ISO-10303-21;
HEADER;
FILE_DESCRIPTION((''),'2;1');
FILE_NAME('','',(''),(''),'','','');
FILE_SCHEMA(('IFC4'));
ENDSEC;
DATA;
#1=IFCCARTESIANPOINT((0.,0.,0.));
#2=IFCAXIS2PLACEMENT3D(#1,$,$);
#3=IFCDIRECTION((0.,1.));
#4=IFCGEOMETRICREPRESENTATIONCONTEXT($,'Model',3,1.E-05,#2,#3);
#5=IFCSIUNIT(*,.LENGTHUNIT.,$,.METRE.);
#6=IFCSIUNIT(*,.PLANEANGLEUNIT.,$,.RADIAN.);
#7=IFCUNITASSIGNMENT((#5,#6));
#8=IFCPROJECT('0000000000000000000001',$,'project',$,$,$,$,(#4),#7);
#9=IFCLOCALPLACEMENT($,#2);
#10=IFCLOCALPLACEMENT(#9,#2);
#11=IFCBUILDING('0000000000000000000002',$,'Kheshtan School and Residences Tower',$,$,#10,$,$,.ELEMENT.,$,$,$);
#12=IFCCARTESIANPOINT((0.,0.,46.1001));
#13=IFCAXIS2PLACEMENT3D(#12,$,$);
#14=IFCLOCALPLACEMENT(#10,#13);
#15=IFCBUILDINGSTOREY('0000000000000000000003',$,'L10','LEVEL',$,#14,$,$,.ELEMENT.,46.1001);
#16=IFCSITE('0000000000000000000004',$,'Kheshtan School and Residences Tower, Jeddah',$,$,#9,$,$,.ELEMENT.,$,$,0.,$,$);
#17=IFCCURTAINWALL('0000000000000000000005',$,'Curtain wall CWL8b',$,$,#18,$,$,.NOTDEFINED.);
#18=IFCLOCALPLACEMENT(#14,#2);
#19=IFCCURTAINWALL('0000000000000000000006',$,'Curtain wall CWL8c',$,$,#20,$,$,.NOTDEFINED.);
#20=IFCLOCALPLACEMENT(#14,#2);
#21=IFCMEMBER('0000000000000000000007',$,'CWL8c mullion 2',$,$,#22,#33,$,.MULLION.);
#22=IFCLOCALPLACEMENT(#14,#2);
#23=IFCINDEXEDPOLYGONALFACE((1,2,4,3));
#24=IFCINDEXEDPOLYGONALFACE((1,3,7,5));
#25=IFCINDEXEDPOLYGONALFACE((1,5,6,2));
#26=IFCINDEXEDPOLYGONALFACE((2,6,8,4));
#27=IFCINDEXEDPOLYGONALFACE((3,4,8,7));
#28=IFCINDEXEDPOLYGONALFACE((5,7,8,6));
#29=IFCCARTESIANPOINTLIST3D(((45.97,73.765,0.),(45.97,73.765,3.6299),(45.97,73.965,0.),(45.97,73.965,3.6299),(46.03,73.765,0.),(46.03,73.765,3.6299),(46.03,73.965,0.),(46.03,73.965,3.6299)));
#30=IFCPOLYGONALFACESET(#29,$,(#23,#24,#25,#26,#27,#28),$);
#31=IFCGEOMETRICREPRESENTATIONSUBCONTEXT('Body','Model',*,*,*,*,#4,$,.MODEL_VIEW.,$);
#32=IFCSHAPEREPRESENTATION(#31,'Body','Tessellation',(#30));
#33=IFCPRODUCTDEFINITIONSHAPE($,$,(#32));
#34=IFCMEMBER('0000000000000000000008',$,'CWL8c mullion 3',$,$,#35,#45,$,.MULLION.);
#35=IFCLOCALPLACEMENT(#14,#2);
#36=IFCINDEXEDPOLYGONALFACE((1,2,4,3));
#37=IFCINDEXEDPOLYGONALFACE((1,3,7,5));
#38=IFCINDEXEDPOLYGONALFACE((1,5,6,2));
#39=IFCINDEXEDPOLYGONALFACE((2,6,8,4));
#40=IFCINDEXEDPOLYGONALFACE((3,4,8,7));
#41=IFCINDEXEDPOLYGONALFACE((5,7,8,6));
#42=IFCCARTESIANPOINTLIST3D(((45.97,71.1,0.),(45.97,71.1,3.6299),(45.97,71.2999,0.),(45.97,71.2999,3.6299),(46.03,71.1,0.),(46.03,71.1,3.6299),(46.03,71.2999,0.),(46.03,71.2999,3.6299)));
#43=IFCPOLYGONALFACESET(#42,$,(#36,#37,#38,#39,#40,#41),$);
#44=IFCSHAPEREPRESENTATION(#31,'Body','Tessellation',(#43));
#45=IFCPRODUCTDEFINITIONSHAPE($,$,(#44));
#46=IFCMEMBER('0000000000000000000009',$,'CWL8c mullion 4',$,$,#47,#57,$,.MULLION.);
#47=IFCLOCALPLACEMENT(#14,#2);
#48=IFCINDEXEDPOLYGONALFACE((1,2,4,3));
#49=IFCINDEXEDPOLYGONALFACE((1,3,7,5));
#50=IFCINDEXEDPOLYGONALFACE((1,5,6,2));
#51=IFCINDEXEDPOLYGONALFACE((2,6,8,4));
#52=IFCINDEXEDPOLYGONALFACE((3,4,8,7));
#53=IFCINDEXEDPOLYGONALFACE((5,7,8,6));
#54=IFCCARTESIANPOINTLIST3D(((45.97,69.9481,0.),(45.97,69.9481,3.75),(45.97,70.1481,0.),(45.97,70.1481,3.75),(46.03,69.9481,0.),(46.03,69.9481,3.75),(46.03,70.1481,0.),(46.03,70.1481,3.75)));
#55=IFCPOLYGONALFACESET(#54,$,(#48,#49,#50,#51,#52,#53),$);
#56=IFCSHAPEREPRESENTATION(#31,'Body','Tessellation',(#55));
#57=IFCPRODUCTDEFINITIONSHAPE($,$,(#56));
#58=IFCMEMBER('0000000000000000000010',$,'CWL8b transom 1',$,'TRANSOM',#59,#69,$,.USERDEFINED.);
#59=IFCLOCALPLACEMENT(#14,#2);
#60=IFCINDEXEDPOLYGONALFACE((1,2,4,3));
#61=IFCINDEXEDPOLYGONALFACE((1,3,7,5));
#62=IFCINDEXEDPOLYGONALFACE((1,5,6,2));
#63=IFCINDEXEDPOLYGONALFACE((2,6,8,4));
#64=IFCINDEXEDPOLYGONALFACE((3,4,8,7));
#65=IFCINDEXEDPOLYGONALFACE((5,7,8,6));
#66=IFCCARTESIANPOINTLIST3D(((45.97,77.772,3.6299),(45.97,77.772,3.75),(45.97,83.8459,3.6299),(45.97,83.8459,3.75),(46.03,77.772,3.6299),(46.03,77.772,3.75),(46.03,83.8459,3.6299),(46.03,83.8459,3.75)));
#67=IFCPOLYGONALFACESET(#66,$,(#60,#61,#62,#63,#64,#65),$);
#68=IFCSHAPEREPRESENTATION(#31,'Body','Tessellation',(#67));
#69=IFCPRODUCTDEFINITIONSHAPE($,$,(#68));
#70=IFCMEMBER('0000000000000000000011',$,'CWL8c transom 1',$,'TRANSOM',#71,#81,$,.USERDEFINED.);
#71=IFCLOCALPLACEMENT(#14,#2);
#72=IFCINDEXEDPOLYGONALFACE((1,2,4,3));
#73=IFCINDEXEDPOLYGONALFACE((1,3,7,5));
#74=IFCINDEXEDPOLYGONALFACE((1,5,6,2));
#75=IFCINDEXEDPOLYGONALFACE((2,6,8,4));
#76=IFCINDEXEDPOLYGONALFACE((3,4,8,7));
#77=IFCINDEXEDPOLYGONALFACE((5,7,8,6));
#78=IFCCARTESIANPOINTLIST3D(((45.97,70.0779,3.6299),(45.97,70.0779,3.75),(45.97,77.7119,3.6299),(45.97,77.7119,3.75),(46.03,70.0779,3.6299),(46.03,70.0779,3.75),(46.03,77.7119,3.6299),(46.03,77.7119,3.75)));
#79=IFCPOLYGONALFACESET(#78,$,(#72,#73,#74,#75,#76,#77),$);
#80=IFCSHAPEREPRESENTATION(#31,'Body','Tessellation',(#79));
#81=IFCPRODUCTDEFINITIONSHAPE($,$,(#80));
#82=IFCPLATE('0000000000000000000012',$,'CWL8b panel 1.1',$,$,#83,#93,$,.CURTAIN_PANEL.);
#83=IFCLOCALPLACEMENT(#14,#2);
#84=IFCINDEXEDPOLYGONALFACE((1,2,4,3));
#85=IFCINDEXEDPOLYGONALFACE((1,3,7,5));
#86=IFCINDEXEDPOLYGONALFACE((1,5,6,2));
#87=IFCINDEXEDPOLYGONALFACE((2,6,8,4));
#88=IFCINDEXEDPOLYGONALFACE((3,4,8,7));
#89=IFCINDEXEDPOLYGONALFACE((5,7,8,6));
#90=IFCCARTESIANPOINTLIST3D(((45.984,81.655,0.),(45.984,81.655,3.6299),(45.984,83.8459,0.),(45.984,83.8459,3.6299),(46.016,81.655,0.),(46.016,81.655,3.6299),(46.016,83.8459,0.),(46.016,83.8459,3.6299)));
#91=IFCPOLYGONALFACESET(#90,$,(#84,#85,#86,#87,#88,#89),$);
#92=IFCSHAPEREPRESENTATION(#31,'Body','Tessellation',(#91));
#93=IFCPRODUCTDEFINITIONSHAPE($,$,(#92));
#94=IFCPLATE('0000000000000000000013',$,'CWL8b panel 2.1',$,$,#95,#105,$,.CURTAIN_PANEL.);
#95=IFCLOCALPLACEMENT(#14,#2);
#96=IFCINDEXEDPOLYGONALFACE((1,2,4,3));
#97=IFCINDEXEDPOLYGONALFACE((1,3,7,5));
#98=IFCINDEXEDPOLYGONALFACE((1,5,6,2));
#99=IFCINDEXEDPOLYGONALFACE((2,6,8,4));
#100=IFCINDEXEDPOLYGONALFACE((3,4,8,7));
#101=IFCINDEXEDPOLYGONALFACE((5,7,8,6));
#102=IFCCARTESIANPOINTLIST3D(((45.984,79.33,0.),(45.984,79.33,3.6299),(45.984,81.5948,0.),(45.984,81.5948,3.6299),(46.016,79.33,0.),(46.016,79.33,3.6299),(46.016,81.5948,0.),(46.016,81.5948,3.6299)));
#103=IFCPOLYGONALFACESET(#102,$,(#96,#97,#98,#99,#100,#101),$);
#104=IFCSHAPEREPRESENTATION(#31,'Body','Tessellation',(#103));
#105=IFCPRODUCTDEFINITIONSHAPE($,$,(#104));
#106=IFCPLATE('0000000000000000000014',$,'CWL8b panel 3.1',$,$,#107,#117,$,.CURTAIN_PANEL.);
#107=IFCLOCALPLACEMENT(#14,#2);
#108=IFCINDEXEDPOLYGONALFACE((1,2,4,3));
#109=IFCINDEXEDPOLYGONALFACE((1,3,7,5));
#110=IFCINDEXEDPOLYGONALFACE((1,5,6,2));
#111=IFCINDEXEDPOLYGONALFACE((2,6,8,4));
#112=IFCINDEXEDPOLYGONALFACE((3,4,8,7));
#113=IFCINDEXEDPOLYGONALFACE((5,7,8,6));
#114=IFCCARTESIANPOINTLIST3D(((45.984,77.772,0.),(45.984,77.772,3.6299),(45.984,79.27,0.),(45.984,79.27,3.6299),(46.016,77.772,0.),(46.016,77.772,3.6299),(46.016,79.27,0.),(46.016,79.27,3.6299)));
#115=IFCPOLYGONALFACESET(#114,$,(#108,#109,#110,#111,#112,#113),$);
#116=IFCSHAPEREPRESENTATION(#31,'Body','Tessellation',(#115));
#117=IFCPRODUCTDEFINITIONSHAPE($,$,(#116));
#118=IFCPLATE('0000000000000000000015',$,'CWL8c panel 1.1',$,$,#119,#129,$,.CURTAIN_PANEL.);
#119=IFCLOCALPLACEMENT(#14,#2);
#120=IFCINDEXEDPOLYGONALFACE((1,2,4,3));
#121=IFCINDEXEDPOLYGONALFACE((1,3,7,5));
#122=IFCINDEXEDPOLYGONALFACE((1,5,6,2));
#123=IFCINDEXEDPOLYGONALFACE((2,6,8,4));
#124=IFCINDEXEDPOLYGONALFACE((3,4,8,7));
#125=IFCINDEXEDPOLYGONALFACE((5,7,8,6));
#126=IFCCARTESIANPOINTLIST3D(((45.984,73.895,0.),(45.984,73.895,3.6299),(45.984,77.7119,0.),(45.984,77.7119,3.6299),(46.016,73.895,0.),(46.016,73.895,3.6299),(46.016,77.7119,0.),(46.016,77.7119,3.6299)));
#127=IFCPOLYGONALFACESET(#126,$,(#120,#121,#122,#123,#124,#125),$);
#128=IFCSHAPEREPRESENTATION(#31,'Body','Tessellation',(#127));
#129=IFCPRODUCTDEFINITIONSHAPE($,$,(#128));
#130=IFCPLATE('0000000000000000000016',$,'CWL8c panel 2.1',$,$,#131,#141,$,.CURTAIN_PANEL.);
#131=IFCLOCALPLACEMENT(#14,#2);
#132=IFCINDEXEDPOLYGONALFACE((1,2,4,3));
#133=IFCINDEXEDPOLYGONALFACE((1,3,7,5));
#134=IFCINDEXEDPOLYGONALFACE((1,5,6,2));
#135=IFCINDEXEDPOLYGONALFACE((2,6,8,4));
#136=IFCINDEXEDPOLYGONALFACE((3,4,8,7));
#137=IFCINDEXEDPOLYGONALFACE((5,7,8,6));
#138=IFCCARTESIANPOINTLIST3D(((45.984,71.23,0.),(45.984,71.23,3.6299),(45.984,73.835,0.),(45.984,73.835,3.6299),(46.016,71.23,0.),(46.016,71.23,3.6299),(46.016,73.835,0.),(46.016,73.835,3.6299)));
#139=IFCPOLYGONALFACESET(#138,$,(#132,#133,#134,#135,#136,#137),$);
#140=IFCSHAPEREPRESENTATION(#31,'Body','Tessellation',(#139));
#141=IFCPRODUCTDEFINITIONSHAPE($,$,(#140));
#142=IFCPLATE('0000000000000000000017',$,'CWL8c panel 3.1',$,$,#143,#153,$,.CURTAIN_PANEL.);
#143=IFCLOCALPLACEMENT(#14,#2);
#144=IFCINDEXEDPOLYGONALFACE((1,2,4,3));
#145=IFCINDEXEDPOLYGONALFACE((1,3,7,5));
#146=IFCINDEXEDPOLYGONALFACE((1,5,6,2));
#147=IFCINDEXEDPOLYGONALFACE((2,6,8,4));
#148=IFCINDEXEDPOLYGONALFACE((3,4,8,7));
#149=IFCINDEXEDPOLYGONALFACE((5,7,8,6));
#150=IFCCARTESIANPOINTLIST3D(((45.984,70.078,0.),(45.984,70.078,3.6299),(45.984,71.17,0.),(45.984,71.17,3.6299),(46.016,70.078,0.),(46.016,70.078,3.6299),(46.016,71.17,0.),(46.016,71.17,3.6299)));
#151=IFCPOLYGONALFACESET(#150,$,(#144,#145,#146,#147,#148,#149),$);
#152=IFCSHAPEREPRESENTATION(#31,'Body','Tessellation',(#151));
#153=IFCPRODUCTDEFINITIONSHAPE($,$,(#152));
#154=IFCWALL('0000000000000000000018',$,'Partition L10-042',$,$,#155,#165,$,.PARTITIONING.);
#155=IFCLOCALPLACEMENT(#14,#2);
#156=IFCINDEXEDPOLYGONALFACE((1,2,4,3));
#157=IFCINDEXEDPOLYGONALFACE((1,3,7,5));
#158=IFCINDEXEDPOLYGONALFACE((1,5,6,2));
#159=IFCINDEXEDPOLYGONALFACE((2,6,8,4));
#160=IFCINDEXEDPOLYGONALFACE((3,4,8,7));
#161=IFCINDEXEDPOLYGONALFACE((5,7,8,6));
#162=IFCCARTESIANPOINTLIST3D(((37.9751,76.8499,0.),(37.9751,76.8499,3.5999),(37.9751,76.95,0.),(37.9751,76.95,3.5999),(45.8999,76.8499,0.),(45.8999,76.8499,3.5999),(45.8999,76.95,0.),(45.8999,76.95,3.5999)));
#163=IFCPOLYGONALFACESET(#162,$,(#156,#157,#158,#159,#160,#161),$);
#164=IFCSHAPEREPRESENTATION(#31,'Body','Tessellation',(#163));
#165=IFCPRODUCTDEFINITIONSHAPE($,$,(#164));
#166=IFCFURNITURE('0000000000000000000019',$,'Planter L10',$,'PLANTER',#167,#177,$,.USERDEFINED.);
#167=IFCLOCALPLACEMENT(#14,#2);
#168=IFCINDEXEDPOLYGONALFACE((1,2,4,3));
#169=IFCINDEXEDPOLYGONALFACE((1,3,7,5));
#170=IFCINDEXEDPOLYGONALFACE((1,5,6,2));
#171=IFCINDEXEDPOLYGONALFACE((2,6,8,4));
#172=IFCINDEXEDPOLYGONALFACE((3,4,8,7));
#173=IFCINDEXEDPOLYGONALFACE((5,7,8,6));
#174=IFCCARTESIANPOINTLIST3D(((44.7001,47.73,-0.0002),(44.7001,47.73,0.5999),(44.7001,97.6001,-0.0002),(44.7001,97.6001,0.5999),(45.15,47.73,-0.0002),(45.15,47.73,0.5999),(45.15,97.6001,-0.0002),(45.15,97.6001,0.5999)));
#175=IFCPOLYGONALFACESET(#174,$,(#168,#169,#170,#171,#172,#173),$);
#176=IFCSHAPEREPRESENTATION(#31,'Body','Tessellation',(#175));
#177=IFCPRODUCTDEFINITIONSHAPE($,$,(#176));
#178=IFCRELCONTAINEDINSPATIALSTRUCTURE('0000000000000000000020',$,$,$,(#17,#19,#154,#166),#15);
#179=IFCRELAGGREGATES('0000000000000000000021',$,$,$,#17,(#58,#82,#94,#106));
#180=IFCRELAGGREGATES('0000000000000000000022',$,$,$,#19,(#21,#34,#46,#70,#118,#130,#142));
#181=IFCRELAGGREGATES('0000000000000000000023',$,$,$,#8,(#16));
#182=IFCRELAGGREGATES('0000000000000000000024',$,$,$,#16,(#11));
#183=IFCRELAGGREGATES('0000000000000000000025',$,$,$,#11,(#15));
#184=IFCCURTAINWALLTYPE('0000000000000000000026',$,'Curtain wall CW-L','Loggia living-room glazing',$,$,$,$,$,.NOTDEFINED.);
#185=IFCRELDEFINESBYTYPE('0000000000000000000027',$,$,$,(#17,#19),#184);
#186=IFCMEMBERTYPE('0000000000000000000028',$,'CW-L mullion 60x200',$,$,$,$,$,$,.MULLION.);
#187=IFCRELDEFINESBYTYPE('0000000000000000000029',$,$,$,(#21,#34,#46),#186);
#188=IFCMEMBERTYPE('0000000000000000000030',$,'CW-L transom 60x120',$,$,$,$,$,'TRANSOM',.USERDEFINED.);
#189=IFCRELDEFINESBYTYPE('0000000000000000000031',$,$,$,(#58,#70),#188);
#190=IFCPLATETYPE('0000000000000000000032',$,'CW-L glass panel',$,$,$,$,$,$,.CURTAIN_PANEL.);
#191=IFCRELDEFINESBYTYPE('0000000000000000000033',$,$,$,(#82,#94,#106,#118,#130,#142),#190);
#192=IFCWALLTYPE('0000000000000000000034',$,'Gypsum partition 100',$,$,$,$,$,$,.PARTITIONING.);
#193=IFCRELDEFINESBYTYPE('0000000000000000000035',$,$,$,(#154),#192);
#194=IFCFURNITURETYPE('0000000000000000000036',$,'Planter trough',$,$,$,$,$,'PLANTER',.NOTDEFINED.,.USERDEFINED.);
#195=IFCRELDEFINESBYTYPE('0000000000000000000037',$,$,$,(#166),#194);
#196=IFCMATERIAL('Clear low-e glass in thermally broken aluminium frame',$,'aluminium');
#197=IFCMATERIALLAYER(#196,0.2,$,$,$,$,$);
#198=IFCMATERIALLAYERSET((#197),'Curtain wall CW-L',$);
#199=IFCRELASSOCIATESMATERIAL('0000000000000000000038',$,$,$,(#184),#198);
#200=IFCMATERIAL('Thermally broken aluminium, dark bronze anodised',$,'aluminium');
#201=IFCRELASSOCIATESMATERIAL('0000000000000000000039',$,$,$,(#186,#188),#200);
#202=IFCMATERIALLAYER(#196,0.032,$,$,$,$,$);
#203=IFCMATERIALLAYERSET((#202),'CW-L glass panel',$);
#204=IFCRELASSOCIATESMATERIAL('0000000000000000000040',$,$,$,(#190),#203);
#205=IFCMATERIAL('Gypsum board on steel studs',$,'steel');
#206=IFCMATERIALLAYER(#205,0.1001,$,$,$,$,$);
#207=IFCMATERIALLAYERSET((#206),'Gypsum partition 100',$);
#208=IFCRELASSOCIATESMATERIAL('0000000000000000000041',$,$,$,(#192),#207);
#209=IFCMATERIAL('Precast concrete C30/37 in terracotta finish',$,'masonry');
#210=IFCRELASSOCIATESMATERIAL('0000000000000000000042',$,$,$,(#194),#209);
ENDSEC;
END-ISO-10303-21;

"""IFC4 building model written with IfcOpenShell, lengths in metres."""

from ifc_helpers import new_model, si_unit, direction, frame, frame_2d, origin, origin_2d, place, context, subcontext, project, spatial, rectangle, extrude, material, layer, layer_set, material_profile, profile_set, type_object, element, aggregate, save


model = new_model("IFC4")

# Units and contexts
model_context = context("Model", 3, precision=1e-05, world=origin(), true_north=direction((0.0, 1.0)))
body_context = subcontext(model_context, "Body", "Model", "MODEL_VIEW")
ifc_project = project(units=[si_unit("LENGTHUNIT", "METRE"), si_unit("PLANEANGLEUNIT", "RADIAN")], contexts=[model_context])

# Site, building, storey
site_placement = place(None, origin())
site = spatial("IfcSite", under=ifc_project, at=site_placement, Name="Kheshtan School and Residences Tower, Jeddah", CompositionType="ELEMENT", RefElevation=0.0)
building_placement = place(site_placement, origin())
building = spatial("IfcBuilding", under=site, at=building_placement, Name="Kheshtan School and Residences Tower", CompositionType="ELEMENT")
storey_placement = place(building_placement, frame((0.0, 0.0, 46.1001)))
storey = spatial("IfcBuildingStorey", under=building, at=storey_placement, Name="L10", Description="LEVEL", CompositionType="ELEMENT", Elevation=46.1001)

# Curtain walls, members
ifc_material_1 = material(Name="Clear low-e glass in thermally broken aluminium frame", Category="aluminium")
ifc_layer_1 = layer(ifc_material_1, 0.2)
ifc_layer_set_1 = layer_set([ifc_layer_1], Name="Curtain wall CW-L")
curtain_wall_type = type_object("IfcCurtainWallType", Name="Curtain wall CW-L", Description="Loggia living-room glazing", PredefinedType="NOTDEFINED", material=ifc_layer_set_1)
curtain_wall_1_placement = place(storey_placement, origin())
curtain_wall_1 = element("IfcCurtainWall", 1, at=curtain_wall_1_placement, inside=storey, type_object=curtain_wall_type, Name="Curtain wall CWL8b", PredefinedType="NOTDEFINED")
ifc_material_2 = material(Name="Thermally broken aluminium, dark bronze anodised", Category="aluminium")
ifc_material_profile_1 = material_profile(ifc_material_2, rectangle(XDim=0.0601, YDim=0.2, at=origin_2d()), Name="CW-L mullion 60x200")
ifc_profile_set_1 = profile_set([ifc_material_profile_1], Name="Thermally broken aluminium, dark bronze anodised")
member_type_1 = type_object("IfcMemberType", Name="CW-L mullion 60x200", PredefinedType="MULLION", material=ifc_profile_set_1)
curtain_wall_2_placement = place(storey_placement, origin())
curtain_wall_2 = element("IfcCurtainWall", 2, at=curtain_wall_2_placement, inside=storey, type_object=curtain_wall_type, Name="Curtain wall CWL8c", PredefinedType="NOTDEFINED")
member_1_placement = place(storey_placement, frame((46.0, 73.865, 0.0), z_axis=(0.0, 0.0, 1.0), x_axis=(1.0, 0.0, 0.0)))
member_1 = element("IfcMember", 3, at=member_1_placement, type_object=member_type_1, Name="CWL8c mullion 2", PredefinedType="MULLION", context=body_context, shape_type="SweptSolid", body=[
    extrude(rectangle(XDim=0.0601, YDim=0.2, at=origin_2d()), origin(), (0.0, 0.0, 1.0), 3.6299),
])
member_2_placement = place(storey_placement, frame((46.0, 71.2, 0.0), z_axis=(0.0, 0.0, 1.0), x_axis=(1.0, 0.0, 0.0)))
member_2 = element("IfcMember", 4, at=member_2_placement, type_object=member_type_1, Name="CWL8c mullion 3", PredefinedType="MULLION", context=body_context, shape_type="SweptSolid", body=[
    extrude(rectangle(XDim=0.0601, YDim=0.2, at=origin_2d()), origin(), (0.0, 0.0, 1.0), 3.6299),
])
member_3_placement = place(storey_placement, frame((46.0, 70.0481, 0.0), z_axis=(0.0, 0.0, 1.0), x_axis=(1.0, 0.0, 0.0)))
member_3 = element("IfcMember", 5, at=member_3_placement, type_object=member_type_1, Name="CWL8c mullion 4", PredefinedType="MULLION", context=body_context, shape_type="SweptSolid", body=[
    extrude(rectangle(XDim=0.0601, YDim=0.2, at=origin_2d()), origin(), (0.0, 0.0, 1.0), 3.75),
])

# Members
ifc_material_profile_2 = material_profile(ifc_material_2, rectangle(XDim=0.0601, YDim=0.1201, at=origin_2d()), Name="CW-L transom 60x120")
ifc_profile_set_2 = profile_set([ifc_material_profile_2], Name="Thermally broken aluminium, dark bronze anodised")
member_type_2 = type_object("IfcMemberType", Name="CW-L transom 60x120", ElementType="TRANSOM", PredefinedType="USERDEFINED", material=ifc_profile_set_2)
member_4_placement = place(storey_placement, frame((46.0, 83.8459, 3.6899), z_axis=(0.0, -1.0, 0.0), x_axis=(1.0, 0.0, 0.0)))
member_4 = element("IfcMember", 6, at=member_4_placement, type_object=member_type_2, Name="CWL8b transom 1", ObjectType="TRANSOM", PredefinedType="USERDEFINED", context=body_context, shape_type="SweptSolid", body=[
    extrude(rectangle(XDim=0.0601, YDim=0.1201, at=origin_2d()), origin(), (0.0, 0.0, 1.0), 6.074),
])
member_5_placement = place(storey_placement, frame((46.0, 77.7119, 3.6899), z_axis=(0.0, -1.0, 0.0), x_axis=(1.0, 0.0, 0.0)))
member_5 = element("IfcMember", 7, at=member_5_placement, type_object=member_type_2, Name="CWL8c transom 1", ObjectType="TRANSOM", PredefinedType="USERDEFINED", context=body_context, shape_type="SweptSolid", body=[
    extrude(rectangle(XDim=0.0601, YDim=0.1201, at=origin_2d()), origin(), (0.0, 0.0, 1.0), 7.634),
])

# Plates
ifc_layer_2 = layer(ifc_material_1, 0.032)
ifc_layer_set_2 = layer_set([ifc_layer_2], Name="CW-L glass panel")
plate_type = type_object("IfcPlateType", Name="CW-L glass panel", PredefinedType="CURTAIN_PANEL", material=ifc_layer_set_2)
plate_1_placement = place(storey_placement, frame((46.0, 82.7505, 0.0), z_axis=(0.0, 0.0, 1.0), x_axis=(0.0, -1.0, 0.0)))
plate_1 = element("IfcPlate", 8, at=plate_1_placement, type_object=plate_type, Name="CWL8b panel 1.1", PredefinedType="CURTAIN_PANEL", context=body_context, shape_type="SweptSolid", body=[
    extrude(rectangle(XDim=2.1909, YDim=0.032, at=origin_2d()), origin(), (0.0, 0.0, 1.0), 3.6299),
])
plate_2_placement = place(storey_placement, frame((46.0, 80.4624, 0.0), z_axis=(0.0, 0.0, 1.0), x_axis=(0.0, -1.0, 0.0)))
plate_2 = element("IfcPlate", 9, at=plate_2_placement, type_object=plate_type, Name="CWL8b panel 2.1", PredefinedType="CURTAIN_PANEL", context=body_context, shape_type="SweptSolid", body=[
    extrude(rectangle(XDim=2.2649, YDim=0.032, at=origin_2d()), origin(), (0.0, 0.0, 1.0), 3.6299),
])
plate_3_placement = place(storey_placement, frame((46.0, 78.521, 0.0), z_axis=(0.0, 0.0, 1.0), x_axis=(0.0, -1.0, 0.0)))
plate_3 = element("IfcPlate", 10, at=plate_3_placement, type_object=plate_type, Name="CWL8b panel 3.1", PredefinedType="CURTAIN_PANEL", context=body_context, shape_type="SweptSolid", body=[
    extrude(rectangle(XDim=1.498, YDim=0.032, at=origin_2d()), origin(), (0.0, 0.0, 1.0), 3.6299),
])
aggregate(curtain_wall_1, [member_4, plate_1, plate_2, plate_3])
plate_4_placement = place(storey_placement, frame((46.0, 75.8035, 0.0), z_axis=(0.0, 0.0, 1.0), x_axis=(0.0, -1.0, 0.0)))
plate_4 = element("IfcPlate", 11, at=plate_4_placement, type_object=plate_type, Name="CWL8c panel 1.1", PredefinedType="CURTAIN_PANEL", context=body_context, shape_type="SweptSolid", body=[
    extrude(rectangle(XDim=3.8169, YDim=0.032, at=origin_2d()), origin(), (0.0, 0.0, 1.0), 3.6299),
])
plate_5_placement = place(storey_placement, frame((46.0, 72.5325, 0.0), z_axis=(0.0, 0.0, 1.0), x_axis=(0.0, -1.0, 0.0)))
plate_5 = element("IfcPlate", 12, at=plate_5_placement, type_object=plate_type, Name="CWL8c panel 2.1", PredefinedType="CURTAIN_PANEL", context=body_context, shape_type="SweptSolid", body=[
    extrude(rectangle(XDim=2.605, YDim=0.032, at=origin_2d()), origin(), (0.0, 0.0, 1.0), 3.6299),
])
plate_6_placement = place(storey_placement, frame((46.0, 70.624, 0.0), z_axis=(0.0, 0.0, 1.0), x_axis=(0.0, -1.0, 0.0)))
plate_6 = element("IfcPlate", 13, at=plate_6_placement, type_object=plate_type, Name="CWL8c panel 3.1", PredefinedType="CURTAIN_PANEL", context=body_context, shape_type="SweptSolid", body=[
    extrude(rectangle(XDim=1.092, YDim=0.032, at=origin_2d()), origin(), (0.0, 0.0, 1.0), 3.6299),
])
aggregate(curtain_wall_2, [member_1, member_2, member_3, member_5, plate_4, plate_5, plate_6])

# Wall
ifc_material_3 = material(Name="Gypsum board on steel studs", Category="steel")
ifc_layer_3 = layer(ifc_material_3, 0.1001)
ifc_layer_set_3 = layer_set([ifc_layer_3], Name="Gypsum partition 100")
wall_type = type_object("IfcWallType", Name="Gypsum partition 100", PredefinedType="PARTITIONING", material=ifc_layer_set_3)
wall_placement = place(storey_placement, frame((37.9751, 76.8999, 0.0), z_axis=(0.0, 0.0, 1.0), x_axis=(1.0, 0.0, 0.0)))
element("IfcWall", 14, at=wall_placement, inside=storey, type_object=wall_type, Name="Partition L10-042", PredefinedType="PARTITIONING", context=body_context, shape_type="SweptSolid", body=[
    extrude(rectangle(XDim=7.9248, YDim=0.1001, at=frame_2d((3.9624, 0.0))), origin(), (0.0, 0.0, 1.0), 3.5999),
])

# Furniture
ifc_material_4 = material(Name="Precast concrete C30/37 in terracotta finish", Category="masonry")
furniture_type = type_object("IfcFurnitureType", Name="Planter trough", ElementType="PLANTER", AssemblyPlace="NOTDEFINED", PredefinedType="USERDEFINED", material=ifc_material_4)
furniture_placement = place(storey_placement, frame((44.925, 72.665, -0.0002), z_axis=(0.0, 0.0, 1.0), x_axis=(0.0, -1.0, 0.0)))
element("IfcFurniture", 15, at=furniture_placement, inside=storey, type_object=furniture_type, Name="Planter L10", ObjectType="PLANTER", PredefinedType="USERDEFINED", context=body_context, shape_type="SweptSolid", body=[
    extrude(rectangle(XDim=49.8701, YDim=0.45, at=origin_2d()), origin(), (0.0, 0.0, 1.0), 0.6001),
])

save(model, "model.ifc")
